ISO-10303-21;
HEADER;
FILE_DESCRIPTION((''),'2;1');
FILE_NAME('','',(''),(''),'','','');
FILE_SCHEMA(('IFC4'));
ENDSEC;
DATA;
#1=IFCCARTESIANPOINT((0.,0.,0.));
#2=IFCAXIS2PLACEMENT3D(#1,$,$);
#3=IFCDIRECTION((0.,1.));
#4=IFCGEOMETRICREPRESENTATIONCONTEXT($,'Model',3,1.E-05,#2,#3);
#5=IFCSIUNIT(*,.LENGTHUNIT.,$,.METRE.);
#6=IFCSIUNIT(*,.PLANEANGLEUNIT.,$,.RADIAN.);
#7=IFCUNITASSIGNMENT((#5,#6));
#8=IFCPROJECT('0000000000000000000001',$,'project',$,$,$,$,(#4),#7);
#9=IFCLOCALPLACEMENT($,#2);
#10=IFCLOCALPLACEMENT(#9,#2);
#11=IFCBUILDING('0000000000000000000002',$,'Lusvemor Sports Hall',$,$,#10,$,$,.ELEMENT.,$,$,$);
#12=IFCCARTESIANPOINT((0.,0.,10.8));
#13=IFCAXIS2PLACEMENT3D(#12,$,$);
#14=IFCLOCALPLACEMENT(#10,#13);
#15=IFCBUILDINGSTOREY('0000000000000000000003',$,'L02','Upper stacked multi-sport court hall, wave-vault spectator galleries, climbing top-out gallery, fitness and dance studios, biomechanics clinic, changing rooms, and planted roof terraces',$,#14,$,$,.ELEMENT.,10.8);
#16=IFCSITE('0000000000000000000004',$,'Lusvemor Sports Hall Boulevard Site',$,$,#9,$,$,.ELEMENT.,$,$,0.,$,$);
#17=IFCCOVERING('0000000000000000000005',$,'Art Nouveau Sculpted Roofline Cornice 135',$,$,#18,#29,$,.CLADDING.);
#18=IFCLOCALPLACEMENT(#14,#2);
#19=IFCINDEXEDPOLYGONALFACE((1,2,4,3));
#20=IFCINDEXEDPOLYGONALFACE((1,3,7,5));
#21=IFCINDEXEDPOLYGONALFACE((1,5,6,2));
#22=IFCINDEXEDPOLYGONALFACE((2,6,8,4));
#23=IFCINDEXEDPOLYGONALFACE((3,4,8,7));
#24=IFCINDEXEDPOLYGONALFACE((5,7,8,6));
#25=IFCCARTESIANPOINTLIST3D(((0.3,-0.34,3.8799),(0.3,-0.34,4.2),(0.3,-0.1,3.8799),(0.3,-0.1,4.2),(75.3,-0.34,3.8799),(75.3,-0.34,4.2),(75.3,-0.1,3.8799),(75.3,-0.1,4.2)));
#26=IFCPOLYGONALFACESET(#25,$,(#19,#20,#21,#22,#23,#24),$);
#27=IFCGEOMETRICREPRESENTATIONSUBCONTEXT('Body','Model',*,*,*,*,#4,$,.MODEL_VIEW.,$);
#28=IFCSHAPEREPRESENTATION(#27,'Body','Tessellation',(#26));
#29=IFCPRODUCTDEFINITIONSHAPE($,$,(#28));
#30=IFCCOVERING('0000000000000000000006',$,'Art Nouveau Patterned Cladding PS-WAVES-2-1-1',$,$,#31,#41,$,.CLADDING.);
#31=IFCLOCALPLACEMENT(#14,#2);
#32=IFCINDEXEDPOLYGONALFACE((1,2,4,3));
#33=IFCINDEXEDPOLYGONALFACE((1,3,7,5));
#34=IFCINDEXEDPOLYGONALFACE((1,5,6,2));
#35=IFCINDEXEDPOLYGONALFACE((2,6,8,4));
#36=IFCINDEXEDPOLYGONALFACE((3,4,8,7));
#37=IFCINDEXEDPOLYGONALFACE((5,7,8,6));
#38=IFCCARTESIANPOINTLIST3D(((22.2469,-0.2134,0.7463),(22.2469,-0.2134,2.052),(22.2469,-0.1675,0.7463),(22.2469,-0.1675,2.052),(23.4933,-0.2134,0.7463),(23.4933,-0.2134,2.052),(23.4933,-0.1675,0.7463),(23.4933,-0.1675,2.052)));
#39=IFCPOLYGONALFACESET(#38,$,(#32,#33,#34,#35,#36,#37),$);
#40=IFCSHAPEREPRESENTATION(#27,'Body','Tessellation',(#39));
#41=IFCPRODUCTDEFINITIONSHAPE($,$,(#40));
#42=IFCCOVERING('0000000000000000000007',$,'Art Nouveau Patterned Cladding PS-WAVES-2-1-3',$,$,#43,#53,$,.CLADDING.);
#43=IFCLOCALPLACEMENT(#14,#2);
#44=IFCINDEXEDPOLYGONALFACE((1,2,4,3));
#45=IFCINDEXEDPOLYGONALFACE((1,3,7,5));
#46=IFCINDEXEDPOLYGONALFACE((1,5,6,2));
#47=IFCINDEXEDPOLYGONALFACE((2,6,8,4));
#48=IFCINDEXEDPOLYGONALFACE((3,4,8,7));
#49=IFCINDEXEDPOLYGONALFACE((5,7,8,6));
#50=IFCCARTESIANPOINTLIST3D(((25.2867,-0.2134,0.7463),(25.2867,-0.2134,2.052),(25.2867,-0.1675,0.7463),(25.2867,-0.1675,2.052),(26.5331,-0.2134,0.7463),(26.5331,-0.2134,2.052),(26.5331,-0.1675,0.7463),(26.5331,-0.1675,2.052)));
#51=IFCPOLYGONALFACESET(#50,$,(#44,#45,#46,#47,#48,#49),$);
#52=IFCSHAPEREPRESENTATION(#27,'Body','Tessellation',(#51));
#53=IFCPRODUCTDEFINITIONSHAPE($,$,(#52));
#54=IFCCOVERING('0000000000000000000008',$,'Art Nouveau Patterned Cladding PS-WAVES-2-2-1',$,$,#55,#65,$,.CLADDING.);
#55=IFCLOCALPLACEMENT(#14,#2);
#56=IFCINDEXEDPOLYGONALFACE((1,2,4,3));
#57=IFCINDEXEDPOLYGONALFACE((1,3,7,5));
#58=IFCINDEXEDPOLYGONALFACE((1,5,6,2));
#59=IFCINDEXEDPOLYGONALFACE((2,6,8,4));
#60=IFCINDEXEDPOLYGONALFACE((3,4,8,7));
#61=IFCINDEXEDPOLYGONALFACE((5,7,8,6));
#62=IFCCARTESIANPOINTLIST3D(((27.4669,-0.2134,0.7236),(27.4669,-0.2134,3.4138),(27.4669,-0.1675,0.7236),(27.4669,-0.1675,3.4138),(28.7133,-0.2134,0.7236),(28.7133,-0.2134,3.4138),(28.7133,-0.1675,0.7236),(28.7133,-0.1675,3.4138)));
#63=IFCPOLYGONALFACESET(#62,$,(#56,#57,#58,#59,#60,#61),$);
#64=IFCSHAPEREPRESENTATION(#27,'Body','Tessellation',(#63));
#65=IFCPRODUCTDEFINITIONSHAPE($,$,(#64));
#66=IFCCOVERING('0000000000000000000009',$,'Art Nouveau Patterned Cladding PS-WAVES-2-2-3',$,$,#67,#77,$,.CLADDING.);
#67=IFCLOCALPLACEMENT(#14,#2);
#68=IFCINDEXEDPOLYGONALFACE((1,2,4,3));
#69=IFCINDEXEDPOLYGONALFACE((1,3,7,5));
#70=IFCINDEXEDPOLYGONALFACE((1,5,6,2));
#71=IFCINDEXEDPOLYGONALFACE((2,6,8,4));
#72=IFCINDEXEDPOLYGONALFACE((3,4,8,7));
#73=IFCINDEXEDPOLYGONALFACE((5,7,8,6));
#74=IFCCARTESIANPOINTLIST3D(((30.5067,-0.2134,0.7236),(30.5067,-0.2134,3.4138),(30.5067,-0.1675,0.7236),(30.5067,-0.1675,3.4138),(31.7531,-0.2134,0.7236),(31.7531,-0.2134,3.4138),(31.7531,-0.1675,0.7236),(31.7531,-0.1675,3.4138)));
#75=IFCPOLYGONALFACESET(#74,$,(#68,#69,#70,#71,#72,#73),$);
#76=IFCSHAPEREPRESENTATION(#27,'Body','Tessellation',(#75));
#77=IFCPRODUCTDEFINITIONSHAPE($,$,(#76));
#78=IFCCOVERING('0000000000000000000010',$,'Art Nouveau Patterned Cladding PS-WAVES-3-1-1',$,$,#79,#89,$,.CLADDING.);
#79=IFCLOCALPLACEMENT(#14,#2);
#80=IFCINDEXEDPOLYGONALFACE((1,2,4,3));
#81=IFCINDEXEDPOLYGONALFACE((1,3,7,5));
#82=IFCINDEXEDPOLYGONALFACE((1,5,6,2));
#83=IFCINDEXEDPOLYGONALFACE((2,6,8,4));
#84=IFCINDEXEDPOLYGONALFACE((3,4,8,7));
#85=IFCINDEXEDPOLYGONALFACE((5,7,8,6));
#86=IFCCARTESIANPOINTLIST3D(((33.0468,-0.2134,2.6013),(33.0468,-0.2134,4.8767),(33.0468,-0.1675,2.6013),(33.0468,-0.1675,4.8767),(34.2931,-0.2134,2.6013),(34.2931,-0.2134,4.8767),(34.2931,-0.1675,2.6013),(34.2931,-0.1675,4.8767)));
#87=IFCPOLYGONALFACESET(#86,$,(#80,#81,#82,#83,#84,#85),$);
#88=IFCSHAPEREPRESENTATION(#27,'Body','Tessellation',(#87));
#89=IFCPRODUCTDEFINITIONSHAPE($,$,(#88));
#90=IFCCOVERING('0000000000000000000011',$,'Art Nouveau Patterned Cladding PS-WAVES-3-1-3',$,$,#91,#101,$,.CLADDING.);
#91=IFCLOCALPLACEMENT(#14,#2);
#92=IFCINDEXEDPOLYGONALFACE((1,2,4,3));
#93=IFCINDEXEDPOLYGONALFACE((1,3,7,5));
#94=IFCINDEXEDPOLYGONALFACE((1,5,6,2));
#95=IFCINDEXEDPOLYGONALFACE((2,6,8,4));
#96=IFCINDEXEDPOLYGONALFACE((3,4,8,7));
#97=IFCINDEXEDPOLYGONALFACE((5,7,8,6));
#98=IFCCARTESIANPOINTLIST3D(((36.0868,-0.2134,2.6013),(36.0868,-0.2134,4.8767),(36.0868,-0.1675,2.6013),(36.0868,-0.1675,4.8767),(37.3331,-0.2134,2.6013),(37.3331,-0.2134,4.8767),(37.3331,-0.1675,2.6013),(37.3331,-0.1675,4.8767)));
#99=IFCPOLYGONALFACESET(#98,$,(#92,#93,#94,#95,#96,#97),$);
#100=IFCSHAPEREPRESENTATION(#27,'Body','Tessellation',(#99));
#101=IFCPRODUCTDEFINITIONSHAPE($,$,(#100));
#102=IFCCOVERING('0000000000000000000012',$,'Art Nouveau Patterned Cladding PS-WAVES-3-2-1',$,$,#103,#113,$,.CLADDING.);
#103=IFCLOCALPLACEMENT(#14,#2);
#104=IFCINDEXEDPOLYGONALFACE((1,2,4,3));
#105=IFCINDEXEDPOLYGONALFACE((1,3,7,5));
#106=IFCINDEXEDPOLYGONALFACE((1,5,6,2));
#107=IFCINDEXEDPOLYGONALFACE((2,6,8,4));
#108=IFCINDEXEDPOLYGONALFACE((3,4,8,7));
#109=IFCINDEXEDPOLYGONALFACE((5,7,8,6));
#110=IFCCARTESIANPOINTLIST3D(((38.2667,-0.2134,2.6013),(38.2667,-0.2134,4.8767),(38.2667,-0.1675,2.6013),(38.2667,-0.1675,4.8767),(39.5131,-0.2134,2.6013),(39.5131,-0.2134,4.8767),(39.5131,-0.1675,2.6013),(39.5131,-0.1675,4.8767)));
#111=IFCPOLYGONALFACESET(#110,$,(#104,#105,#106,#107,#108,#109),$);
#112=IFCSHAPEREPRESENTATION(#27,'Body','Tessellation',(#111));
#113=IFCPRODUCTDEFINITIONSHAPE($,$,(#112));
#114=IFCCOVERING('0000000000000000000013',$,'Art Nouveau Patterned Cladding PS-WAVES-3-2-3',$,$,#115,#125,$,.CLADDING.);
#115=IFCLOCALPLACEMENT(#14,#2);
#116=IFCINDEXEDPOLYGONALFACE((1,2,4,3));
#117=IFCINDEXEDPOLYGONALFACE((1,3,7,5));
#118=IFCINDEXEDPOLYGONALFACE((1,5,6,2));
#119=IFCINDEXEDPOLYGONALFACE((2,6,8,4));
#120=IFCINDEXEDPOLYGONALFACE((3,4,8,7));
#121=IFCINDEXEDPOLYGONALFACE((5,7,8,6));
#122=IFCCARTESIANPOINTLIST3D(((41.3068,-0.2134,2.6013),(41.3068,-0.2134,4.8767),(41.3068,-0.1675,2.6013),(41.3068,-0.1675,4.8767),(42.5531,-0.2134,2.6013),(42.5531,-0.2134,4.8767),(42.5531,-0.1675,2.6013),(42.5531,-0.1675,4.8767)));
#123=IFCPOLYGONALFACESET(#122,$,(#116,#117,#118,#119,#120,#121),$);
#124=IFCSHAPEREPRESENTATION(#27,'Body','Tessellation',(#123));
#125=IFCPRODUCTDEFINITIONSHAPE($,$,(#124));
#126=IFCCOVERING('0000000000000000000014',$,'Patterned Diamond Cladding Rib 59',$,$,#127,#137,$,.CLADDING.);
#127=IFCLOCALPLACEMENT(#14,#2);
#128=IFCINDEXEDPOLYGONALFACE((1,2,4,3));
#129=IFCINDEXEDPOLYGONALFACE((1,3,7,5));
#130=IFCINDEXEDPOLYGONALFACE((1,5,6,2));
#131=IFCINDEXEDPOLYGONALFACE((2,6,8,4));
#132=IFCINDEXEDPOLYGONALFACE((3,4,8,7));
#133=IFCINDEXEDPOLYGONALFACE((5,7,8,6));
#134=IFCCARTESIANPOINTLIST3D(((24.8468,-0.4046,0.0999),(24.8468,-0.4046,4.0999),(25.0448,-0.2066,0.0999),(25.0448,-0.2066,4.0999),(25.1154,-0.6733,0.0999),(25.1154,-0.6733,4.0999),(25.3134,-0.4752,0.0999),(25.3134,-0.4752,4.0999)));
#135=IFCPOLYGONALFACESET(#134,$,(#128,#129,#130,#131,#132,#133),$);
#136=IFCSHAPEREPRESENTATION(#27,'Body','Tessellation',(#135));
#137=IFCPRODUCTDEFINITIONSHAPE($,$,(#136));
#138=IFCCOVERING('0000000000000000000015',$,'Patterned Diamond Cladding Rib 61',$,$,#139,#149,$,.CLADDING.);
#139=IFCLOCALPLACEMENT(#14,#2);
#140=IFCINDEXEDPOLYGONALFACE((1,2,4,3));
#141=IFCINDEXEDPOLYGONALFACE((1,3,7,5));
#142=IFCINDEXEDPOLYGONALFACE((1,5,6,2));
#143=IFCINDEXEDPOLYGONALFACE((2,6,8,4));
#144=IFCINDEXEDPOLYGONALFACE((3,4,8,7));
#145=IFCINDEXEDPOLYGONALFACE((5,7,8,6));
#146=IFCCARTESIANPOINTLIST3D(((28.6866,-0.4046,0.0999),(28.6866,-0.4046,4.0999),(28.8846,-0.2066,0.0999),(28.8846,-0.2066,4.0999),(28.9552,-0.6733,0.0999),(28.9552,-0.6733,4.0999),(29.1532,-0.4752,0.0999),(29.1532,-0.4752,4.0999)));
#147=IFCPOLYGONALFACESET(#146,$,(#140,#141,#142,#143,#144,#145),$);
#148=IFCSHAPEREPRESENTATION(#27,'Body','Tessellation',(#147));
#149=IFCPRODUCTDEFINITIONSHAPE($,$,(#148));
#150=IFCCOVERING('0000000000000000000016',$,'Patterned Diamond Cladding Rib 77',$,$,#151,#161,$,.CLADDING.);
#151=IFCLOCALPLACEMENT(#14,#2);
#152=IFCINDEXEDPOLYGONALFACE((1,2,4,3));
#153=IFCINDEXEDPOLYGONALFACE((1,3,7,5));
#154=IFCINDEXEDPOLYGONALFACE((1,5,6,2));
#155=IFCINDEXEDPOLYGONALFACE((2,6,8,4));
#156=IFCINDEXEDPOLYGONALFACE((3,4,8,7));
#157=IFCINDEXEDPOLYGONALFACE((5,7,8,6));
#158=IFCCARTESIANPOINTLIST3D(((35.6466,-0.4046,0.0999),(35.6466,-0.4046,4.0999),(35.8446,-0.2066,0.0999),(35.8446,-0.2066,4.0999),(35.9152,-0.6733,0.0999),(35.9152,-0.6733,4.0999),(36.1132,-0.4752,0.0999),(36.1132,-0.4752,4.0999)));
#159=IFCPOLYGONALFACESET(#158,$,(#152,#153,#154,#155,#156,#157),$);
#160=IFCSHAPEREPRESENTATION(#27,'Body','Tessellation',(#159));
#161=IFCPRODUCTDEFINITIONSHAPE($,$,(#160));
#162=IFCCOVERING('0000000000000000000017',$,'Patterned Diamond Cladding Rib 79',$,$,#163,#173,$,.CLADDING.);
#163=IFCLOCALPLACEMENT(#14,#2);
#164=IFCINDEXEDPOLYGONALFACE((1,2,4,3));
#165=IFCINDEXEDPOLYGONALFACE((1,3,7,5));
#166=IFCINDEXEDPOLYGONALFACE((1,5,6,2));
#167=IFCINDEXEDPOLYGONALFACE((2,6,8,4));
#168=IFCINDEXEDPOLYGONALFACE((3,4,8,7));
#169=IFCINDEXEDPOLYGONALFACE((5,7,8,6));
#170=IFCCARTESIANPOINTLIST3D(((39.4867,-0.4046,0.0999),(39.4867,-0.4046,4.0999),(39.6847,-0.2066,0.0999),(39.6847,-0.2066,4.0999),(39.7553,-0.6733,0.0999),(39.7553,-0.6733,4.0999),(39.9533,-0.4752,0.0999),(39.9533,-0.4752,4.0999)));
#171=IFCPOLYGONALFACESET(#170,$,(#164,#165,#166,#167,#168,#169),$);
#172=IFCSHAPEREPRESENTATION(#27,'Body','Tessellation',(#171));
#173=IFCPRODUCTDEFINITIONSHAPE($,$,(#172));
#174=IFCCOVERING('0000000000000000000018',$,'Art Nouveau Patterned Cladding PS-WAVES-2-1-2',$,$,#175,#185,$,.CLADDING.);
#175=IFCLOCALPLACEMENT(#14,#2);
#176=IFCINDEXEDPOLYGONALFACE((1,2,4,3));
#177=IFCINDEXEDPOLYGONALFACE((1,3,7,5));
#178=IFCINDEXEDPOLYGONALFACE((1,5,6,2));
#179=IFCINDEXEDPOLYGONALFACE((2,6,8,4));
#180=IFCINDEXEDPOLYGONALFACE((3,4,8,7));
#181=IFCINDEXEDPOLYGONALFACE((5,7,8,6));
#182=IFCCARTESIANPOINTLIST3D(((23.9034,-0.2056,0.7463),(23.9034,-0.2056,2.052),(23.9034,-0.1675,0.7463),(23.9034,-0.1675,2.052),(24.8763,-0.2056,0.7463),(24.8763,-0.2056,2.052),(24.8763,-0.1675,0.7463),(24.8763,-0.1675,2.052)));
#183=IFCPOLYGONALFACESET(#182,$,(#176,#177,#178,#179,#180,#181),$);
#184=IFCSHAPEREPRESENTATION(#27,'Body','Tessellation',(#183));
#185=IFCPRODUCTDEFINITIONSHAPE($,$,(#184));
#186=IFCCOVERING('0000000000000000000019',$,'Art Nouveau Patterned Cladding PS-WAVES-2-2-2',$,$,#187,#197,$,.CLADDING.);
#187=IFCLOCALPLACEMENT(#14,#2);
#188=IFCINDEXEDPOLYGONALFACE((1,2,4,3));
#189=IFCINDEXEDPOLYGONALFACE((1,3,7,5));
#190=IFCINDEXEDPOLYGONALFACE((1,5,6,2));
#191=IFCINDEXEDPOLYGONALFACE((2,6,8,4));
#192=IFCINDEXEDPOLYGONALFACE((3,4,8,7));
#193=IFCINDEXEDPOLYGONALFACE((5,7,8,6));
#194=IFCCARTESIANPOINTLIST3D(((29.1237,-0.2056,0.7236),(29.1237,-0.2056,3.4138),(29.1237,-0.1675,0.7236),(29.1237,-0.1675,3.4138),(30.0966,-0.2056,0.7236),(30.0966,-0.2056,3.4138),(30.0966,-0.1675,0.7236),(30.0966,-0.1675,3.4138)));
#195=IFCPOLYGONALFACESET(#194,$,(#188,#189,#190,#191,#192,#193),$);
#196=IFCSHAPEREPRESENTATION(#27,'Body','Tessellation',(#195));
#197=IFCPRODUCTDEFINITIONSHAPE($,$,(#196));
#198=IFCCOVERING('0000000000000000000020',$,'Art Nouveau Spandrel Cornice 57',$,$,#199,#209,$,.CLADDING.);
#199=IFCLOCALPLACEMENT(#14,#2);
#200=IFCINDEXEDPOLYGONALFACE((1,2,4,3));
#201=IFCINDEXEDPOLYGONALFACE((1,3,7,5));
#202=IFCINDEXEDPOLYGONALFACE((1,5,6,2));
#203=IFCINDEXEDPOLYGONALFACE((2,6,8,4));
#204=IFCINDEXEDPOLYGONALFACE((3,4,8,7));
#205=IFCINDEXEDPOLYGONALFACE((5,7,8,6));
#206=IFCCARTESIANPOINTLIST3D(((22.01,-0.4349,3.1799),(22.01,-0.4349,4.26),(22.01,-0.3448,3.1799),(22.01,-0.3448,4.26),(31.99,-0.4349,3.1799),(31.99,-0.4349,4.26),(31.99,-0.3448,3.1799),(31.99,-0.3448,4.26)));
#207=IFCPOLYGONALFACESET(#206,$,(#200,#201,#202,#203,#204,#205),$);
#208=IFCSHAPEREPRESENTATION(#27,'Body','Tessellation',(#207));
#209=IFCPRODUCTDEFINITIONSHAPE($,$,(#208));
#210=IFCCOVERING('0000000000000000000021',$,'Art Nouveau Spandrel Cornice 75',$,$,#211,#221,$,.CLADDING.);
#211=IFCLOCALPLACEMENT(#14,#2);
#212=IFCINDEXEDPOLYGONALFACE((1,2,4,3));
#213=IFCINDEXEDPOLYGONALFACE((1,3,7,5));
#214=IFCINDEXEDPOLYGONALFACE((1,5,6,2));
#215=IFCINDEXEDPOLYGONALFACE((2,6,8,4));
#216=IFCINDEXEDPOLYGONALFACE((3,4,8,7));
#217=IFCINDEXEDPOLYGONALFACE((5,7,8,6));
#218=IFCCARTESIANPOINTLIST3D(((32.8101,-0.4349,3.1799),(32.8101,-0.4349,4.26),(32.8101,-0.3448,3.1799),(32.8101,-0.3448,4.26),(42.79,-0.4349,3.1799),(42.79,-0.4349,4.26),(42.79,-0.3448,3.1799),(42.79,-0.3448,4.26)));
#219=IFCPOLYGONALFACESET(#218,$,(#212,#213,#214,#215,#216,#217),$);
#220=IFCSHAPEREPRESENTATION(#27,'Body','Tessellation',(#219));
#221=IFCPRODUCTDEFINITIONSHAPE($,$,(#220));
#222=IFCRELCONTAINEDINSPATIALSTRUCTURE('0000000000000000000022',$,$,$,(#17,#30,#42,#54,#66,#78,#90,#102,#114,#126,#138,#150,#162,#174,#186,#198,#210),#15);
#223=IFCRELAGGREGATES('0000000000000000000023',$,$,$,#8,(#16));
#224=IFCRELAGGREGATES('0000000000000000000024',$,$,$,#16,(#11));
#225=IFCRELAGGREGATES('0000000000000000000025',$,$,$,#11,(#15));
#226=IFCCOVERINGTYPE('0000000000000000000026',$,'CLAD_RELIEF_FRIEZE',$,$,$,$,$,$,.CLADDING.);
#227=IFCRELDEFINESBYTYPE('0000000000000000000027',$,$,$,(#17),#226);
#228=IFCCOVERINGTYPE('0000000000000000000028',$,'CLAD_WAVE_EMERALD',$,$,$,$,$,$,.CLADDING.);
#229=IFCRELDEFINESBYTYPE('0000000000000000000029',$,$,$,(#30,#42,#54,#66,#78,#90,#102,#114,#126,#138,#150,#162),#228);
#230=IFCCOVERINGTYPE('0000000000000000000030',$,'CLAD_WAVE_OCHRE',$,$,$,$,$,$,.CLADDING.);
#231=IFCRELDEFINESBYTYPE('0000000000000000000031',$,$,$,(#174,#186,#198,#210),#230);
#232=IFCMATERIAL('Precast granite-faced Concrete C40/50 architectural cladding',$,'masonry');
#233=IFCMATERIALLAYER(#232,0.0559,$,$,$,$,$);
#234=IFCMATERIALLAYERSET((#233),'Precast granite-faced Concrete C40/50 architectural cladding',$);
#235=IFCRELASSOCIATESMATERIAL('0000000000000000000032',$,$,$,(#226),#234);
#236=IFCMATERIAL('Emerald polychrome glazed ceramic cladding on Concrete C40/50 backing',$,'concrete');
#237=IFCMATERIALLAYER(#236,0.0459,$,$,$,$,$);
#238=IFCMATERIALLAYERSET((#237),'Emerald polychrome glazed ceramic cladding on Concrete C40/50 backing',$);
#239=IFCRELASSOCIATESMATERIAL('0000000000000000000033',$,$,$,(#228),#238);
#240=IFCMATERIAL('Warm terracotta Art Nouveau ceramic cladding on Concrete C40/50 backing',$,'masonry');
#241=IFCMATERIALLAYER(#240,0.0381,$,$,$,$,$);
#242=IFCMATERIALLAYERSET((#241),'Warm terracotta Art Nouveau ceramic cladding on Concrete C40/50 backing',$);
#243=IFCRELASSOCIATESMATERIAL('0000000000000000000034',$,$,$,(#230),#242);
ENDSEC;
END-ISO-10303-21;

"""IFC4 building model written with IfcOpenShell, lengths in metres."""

from ifc_helpers import new_model, si_unit, direction, frame, origin, origin_2d, place, context, subcontext, project, spatial, rectangle, extrude, material, layer, layer_set, type_object, element, save


model = new_model("IFC4")

# Units and contexts
model_context = context("Model", 3, precision=1e-05, world=origin(), true_north=direction((0.0, 1.0)))
body_context = subcontext(model_context, "Body", "Model", "MODEL_VIEW")
ifc_project = project(units=[si_unit("LENGTHUNIT", "METRE"), si_unit("PLANEANGLEUNIT", "RADIAN")], contexts=[model_context])

# Site, building, storey
site_placement = place(None, origin())
site = spatial("IfcSite", under=ifc_project, at=site_placement, Name="Lusvemor Sports Hall Boulevard Site", CompositionType="ELEMENT", RefElevation=0.0)
building_placement = place(site_placement, origin())
building = spatial("IfcBuilding", under=site, at=building_placement, Name="Lusvemor Sports Hall", CompositionType="ELEMENT")
storey_placement = place(building_placement, frame((0.0, 0.0, 10.8)))
storey = spatial("IfcBuildingStorey", under=building, at=storey_placement, Name="L02", Description="Upper stacked multi-sport court hall, wave-vault spectator galleries, climbing top-out gallery, fitness and dance studios, biomechanics clinic, changing rooms, and planted roof terraces", CompositionType="ELEMENT", Elevation=10.8)

# Coverings
ifc_material_1 = material(Name="Precast granite-faced Concrete C40/50 architectural cladding", Category="masonry")
ifc_layer_1 = layer(ifc_material_1, 0.0559)
ifc_layer_set_1 = layer_set([ifc_layer_1], Name="Precast granite-faced Concrete C40/50 architectural cladding")
covering_type_1 = type_object("IfcCoveringType", Name="CLAD_RELIEF_FRIEZE", PredefinedType="CLADDING", material=ifc_layer_set_1)
covering_1_placement = place(storey_placement, frame((37.8, -0.22, 3.8799), z_axis=(0.0, 0.0, 1.0), x_axis=(1.0, 0.0, 0.0)))
element("IfcCovering", 1, at=covering_1_placement, inside=storey, type_object=covering_type_1, Name="Art Nouveau Sculpted Roofline Cornice 135", PredefinedType="CLADDING", context=body_context, shape_type="SweptSolid", body=[
    extrude(rectangle(XDim=75.0, YDim=0.24, at=origin_2d()), origin(), (0.0, 0.0, 1.0), 0.3201),
])
ifc_material_2 = material(Name="Emerald polychrome glazed ceramic cladding on Concrete C40/50 backing", Category="concrete")
ifc_layer_2 = layer(ifc_material_2, 0.0459)
ifc_layer_set_2 = layer_set([ifc_layer_2], Name="Emerald polychrome glazed ceramic cladding on Concrete C40/50 backing")
covering_type_2 = type_object("IfcCoveringType", Name="CLAD_WAVE_EMERALD", PredefinedType="CLADDING", material=ifc_layer_set_2)
for number, where, z_axis, x_axis, name in (
    (2, (22.8701, -0.1904, 0.7463), (0.0, 0.0, 1.0), (1.0, 0.0, 0.0), "Art Nouveau Patterned Cladding PS-WAVES-2-1-1"),
    (3, (25.9099, -0.1904, 0.7463), (0.0, 0.0, 1.0), (1.0, 0.0, 0.0), "Art Nouveau Patterned Cladding PS-WAVES-2-1-3"),
):
    element("IfcCovering", number, at=place(storey_placement, frame(where, z_axis=z_axis, x_axis=x_axis)), inside=storey, type_object=covering_type_2, Name=name, PredefinedType="CLADDING", context=body_context, shape_type="SweptSolid", body=[
        extrude(rectangle(XDim=1.2463, YDim=0.0459, at=origin_2d()), origin(), (0.0, 0.0, 1.0), 1.3057),
    ])
for number, where, z_axis, x_axis, name in (
    (4, (28.0901, -0.1904, 0.7236), (0.0, 0.0, 1.0), (1.0, 0.0, 0.0), "Art Nouveau Patterned Cladding PS-WAVES-2-2-1"),
    (5, (31.1299, -0.1904, 0.7236), (0.0, 0.0, 1.0), (1.0, 0.0, 0.0), "Art Nouveau Patterned Cladding PS-WAVES-2-2-3"),
):
    element("IfcCovering", number, at=place(storey_placement, frame(where, z_axis=z_axis, x_axis=x_axis)), inside=storey, type_object=covering_type_2, Name=name, PredefinedType="CLADDING", context=body_context, shape_type="SweptSolid", body=[
        extrude(rectangle(XDim=1.2463, YDim=0.0459, at=origin_2d()), origin(), (0.0, 0.0, 1.0), 2.6902),
    ])
for number, where, z_axis, x_axis, name in (
    (6, (33.6699, -0.1904, 2.6013), (0.0, 0.0, 1.0), (1.0, 0.0, 0.0), "Art Nouveau Patterned Cladding PS-WAVES-3-1-1"),
    (7, (36.71, -0.1904, 2.6013), (0.0, 0.0, 1.0), (1.0, 0.0, 0.0), "Art Nouveau Patterned Cladding PS-WAVES-3-1-3"),
    (8, (38.8899, -0.1904, 2.6013), (0.0, 0.0, 1.0), (1.0, 0.0, 0.0), "Art Nouveau Patterned Cladding PS-WAVES-3-2-1"),
    (9, (41.9299, -0.1904, 2.6013), (0.0, 0.0, 1.0), (1.0, 0.0, 0.0), "Art Nouveau Patterned Cladding PS-WAVES-3-2-3"),
):
    element("IfcCovering", number, at=place(storey_placement, frame(where, z_axis=z_axis, x_axis=x_axis)), inside=storey, type_object=covering_type_2, Name=name, PredefinedType="CLADDING", context=body_context, shape_type="SweptSolid", body=[
        extrude(rectangle(XDim=1.2463, YDim=0.0459, at=origin_2d()), origin(), (0.0, 0.0, 1.0), 2.2754),
    ])
for number, where, z_axis, x_axis, name in (
    (10, (25.0801, -0.4399, 0.0999), (0.0, 0.0, 1.0), (0.707107, 0.707107, 0.0), "Patterned Diamond Cladding Rib 59"),
    (11, (28.9199, -0.4399, 0.0999), (0.0, 0.0, 1.0), (0.707107, 0.707107, 0.0), "Patterned Diamond Cladding Rib 61"),
    (12, (35.8799, -0.4399, 0.0999), (0.0, 0.0, 1.0), (0.707107, 0.707107, 0.0), "Patterned Diamond Cladding Rib 77"),
    (13, (39.72, -0.4399, 0.0999), (0.0, 0.0, 1.0), (0.707107, 0.707107, 0.0), "Patterned Diamond Cladding Rib 79"),
):
    element("IfcCovering", number, at=place(storey_placement, frame(where, z_axis=z_axis, x_axis=x_axis)), inside=storey, type_object=covering_type_2, Name=name, PredefinedType="CLADDING", context=body_context, shape_type="SweptSolid", body=[
        extrude(rectangle(XDim=0.28, YDim=0.3799, at=origin_2d()), origin(), (0.0, 0.0, 1.0), 4.0),
    ])
ifc_material_3 = material(Name="Warm terracotta Art Nouveau ceramic cladding on Concrete C40/50 backing", Category="masonry")
ifc_layer_3 = layer(ifc_material_3, 0.0381)
ifc_layer_set_3 = layer_set([ifc_layer_3], Name="Warm terracotta Art Nouveau ceramic cladding on Concrete C40/50 backing")
covering_type_3 = type_object("IfcCoveringType", Name="CLAD_WAVE_OCHRE", PredefinedType="CLADDING", material=ifc_layer_set_3)
covering_2_placement = place(storey_placement, frame((24.3899, -0.1865, 0.7463), z_axis=(0.0, 0.0, 1.0), x_axis=(1.0, 0.0, 0.0)))
element("IfcCovering", 14, at=covering_2_placement, inside=storey, type_object=covering_type_3, Name="Art Nouveau Patterned Cladding PS-WAVES-2-1-2", PredefinedType="CLADDING", context=body_context, shape_type="SweptSolid", body=[
    extrude(rectangle(XDim=0.9729, YDim=0.0381, at=origin_2d()), origin(), (0.0, 0.0, 1.0), 1.3057),
])
covering_3_placement = place(storey_placement, frame((29.6101, -0.1865, 0.7236), z_axis=(0.0, 0.0, 1.0), x_axis=(1.0, 0.0, 0.0)))
element("IfcCovering", 15, at=covering_3_placement, inside=storey, type_object=covering_type_3, Name="Art Nouveau Patterned Cladding PS-WAVES-2-2-2", PredefinedType="CLADDING", context=body_context, shape_type="SweptSolid", body=[
    extrude(rectangle(XDim=0.9729, YDim=0.0381, at=origin_2d()), origin(), (0.0, 0.0, 1.0), 2.6902),
])
for number, where, z_axis, x_axis, name in (
    (16, (27.0, -0.3899, 3.1799), (0.0, 0.0, 1.0), (1.0, 0.0, 0.0), "Art Nouveau Spandrel Cornice 57"),
    (17, (37.8, -0.3899, 3.1799), (0.0, 0.0, 1.0), (1.0, 0.0, 0.0), "Art Nouveau Spandrel Cornice 75"),
):
    element("IfcCovering", number, at=place(storey_placement, frame(where, z_axis=z_axis, x_axis=x_axis)), inside=storey, type_object=covering_type_3, Name=name, PredefinedType="CLADDING", context=body_context, shape_type="SweptSolid", body=[
        extrude(rectangle(XDim=9.98, YDim=0.0901, at=origin_2d()), origin(), (0.0, 0.0, 1.0), 1.0801),
    ])

save(model, "model.ifc")
